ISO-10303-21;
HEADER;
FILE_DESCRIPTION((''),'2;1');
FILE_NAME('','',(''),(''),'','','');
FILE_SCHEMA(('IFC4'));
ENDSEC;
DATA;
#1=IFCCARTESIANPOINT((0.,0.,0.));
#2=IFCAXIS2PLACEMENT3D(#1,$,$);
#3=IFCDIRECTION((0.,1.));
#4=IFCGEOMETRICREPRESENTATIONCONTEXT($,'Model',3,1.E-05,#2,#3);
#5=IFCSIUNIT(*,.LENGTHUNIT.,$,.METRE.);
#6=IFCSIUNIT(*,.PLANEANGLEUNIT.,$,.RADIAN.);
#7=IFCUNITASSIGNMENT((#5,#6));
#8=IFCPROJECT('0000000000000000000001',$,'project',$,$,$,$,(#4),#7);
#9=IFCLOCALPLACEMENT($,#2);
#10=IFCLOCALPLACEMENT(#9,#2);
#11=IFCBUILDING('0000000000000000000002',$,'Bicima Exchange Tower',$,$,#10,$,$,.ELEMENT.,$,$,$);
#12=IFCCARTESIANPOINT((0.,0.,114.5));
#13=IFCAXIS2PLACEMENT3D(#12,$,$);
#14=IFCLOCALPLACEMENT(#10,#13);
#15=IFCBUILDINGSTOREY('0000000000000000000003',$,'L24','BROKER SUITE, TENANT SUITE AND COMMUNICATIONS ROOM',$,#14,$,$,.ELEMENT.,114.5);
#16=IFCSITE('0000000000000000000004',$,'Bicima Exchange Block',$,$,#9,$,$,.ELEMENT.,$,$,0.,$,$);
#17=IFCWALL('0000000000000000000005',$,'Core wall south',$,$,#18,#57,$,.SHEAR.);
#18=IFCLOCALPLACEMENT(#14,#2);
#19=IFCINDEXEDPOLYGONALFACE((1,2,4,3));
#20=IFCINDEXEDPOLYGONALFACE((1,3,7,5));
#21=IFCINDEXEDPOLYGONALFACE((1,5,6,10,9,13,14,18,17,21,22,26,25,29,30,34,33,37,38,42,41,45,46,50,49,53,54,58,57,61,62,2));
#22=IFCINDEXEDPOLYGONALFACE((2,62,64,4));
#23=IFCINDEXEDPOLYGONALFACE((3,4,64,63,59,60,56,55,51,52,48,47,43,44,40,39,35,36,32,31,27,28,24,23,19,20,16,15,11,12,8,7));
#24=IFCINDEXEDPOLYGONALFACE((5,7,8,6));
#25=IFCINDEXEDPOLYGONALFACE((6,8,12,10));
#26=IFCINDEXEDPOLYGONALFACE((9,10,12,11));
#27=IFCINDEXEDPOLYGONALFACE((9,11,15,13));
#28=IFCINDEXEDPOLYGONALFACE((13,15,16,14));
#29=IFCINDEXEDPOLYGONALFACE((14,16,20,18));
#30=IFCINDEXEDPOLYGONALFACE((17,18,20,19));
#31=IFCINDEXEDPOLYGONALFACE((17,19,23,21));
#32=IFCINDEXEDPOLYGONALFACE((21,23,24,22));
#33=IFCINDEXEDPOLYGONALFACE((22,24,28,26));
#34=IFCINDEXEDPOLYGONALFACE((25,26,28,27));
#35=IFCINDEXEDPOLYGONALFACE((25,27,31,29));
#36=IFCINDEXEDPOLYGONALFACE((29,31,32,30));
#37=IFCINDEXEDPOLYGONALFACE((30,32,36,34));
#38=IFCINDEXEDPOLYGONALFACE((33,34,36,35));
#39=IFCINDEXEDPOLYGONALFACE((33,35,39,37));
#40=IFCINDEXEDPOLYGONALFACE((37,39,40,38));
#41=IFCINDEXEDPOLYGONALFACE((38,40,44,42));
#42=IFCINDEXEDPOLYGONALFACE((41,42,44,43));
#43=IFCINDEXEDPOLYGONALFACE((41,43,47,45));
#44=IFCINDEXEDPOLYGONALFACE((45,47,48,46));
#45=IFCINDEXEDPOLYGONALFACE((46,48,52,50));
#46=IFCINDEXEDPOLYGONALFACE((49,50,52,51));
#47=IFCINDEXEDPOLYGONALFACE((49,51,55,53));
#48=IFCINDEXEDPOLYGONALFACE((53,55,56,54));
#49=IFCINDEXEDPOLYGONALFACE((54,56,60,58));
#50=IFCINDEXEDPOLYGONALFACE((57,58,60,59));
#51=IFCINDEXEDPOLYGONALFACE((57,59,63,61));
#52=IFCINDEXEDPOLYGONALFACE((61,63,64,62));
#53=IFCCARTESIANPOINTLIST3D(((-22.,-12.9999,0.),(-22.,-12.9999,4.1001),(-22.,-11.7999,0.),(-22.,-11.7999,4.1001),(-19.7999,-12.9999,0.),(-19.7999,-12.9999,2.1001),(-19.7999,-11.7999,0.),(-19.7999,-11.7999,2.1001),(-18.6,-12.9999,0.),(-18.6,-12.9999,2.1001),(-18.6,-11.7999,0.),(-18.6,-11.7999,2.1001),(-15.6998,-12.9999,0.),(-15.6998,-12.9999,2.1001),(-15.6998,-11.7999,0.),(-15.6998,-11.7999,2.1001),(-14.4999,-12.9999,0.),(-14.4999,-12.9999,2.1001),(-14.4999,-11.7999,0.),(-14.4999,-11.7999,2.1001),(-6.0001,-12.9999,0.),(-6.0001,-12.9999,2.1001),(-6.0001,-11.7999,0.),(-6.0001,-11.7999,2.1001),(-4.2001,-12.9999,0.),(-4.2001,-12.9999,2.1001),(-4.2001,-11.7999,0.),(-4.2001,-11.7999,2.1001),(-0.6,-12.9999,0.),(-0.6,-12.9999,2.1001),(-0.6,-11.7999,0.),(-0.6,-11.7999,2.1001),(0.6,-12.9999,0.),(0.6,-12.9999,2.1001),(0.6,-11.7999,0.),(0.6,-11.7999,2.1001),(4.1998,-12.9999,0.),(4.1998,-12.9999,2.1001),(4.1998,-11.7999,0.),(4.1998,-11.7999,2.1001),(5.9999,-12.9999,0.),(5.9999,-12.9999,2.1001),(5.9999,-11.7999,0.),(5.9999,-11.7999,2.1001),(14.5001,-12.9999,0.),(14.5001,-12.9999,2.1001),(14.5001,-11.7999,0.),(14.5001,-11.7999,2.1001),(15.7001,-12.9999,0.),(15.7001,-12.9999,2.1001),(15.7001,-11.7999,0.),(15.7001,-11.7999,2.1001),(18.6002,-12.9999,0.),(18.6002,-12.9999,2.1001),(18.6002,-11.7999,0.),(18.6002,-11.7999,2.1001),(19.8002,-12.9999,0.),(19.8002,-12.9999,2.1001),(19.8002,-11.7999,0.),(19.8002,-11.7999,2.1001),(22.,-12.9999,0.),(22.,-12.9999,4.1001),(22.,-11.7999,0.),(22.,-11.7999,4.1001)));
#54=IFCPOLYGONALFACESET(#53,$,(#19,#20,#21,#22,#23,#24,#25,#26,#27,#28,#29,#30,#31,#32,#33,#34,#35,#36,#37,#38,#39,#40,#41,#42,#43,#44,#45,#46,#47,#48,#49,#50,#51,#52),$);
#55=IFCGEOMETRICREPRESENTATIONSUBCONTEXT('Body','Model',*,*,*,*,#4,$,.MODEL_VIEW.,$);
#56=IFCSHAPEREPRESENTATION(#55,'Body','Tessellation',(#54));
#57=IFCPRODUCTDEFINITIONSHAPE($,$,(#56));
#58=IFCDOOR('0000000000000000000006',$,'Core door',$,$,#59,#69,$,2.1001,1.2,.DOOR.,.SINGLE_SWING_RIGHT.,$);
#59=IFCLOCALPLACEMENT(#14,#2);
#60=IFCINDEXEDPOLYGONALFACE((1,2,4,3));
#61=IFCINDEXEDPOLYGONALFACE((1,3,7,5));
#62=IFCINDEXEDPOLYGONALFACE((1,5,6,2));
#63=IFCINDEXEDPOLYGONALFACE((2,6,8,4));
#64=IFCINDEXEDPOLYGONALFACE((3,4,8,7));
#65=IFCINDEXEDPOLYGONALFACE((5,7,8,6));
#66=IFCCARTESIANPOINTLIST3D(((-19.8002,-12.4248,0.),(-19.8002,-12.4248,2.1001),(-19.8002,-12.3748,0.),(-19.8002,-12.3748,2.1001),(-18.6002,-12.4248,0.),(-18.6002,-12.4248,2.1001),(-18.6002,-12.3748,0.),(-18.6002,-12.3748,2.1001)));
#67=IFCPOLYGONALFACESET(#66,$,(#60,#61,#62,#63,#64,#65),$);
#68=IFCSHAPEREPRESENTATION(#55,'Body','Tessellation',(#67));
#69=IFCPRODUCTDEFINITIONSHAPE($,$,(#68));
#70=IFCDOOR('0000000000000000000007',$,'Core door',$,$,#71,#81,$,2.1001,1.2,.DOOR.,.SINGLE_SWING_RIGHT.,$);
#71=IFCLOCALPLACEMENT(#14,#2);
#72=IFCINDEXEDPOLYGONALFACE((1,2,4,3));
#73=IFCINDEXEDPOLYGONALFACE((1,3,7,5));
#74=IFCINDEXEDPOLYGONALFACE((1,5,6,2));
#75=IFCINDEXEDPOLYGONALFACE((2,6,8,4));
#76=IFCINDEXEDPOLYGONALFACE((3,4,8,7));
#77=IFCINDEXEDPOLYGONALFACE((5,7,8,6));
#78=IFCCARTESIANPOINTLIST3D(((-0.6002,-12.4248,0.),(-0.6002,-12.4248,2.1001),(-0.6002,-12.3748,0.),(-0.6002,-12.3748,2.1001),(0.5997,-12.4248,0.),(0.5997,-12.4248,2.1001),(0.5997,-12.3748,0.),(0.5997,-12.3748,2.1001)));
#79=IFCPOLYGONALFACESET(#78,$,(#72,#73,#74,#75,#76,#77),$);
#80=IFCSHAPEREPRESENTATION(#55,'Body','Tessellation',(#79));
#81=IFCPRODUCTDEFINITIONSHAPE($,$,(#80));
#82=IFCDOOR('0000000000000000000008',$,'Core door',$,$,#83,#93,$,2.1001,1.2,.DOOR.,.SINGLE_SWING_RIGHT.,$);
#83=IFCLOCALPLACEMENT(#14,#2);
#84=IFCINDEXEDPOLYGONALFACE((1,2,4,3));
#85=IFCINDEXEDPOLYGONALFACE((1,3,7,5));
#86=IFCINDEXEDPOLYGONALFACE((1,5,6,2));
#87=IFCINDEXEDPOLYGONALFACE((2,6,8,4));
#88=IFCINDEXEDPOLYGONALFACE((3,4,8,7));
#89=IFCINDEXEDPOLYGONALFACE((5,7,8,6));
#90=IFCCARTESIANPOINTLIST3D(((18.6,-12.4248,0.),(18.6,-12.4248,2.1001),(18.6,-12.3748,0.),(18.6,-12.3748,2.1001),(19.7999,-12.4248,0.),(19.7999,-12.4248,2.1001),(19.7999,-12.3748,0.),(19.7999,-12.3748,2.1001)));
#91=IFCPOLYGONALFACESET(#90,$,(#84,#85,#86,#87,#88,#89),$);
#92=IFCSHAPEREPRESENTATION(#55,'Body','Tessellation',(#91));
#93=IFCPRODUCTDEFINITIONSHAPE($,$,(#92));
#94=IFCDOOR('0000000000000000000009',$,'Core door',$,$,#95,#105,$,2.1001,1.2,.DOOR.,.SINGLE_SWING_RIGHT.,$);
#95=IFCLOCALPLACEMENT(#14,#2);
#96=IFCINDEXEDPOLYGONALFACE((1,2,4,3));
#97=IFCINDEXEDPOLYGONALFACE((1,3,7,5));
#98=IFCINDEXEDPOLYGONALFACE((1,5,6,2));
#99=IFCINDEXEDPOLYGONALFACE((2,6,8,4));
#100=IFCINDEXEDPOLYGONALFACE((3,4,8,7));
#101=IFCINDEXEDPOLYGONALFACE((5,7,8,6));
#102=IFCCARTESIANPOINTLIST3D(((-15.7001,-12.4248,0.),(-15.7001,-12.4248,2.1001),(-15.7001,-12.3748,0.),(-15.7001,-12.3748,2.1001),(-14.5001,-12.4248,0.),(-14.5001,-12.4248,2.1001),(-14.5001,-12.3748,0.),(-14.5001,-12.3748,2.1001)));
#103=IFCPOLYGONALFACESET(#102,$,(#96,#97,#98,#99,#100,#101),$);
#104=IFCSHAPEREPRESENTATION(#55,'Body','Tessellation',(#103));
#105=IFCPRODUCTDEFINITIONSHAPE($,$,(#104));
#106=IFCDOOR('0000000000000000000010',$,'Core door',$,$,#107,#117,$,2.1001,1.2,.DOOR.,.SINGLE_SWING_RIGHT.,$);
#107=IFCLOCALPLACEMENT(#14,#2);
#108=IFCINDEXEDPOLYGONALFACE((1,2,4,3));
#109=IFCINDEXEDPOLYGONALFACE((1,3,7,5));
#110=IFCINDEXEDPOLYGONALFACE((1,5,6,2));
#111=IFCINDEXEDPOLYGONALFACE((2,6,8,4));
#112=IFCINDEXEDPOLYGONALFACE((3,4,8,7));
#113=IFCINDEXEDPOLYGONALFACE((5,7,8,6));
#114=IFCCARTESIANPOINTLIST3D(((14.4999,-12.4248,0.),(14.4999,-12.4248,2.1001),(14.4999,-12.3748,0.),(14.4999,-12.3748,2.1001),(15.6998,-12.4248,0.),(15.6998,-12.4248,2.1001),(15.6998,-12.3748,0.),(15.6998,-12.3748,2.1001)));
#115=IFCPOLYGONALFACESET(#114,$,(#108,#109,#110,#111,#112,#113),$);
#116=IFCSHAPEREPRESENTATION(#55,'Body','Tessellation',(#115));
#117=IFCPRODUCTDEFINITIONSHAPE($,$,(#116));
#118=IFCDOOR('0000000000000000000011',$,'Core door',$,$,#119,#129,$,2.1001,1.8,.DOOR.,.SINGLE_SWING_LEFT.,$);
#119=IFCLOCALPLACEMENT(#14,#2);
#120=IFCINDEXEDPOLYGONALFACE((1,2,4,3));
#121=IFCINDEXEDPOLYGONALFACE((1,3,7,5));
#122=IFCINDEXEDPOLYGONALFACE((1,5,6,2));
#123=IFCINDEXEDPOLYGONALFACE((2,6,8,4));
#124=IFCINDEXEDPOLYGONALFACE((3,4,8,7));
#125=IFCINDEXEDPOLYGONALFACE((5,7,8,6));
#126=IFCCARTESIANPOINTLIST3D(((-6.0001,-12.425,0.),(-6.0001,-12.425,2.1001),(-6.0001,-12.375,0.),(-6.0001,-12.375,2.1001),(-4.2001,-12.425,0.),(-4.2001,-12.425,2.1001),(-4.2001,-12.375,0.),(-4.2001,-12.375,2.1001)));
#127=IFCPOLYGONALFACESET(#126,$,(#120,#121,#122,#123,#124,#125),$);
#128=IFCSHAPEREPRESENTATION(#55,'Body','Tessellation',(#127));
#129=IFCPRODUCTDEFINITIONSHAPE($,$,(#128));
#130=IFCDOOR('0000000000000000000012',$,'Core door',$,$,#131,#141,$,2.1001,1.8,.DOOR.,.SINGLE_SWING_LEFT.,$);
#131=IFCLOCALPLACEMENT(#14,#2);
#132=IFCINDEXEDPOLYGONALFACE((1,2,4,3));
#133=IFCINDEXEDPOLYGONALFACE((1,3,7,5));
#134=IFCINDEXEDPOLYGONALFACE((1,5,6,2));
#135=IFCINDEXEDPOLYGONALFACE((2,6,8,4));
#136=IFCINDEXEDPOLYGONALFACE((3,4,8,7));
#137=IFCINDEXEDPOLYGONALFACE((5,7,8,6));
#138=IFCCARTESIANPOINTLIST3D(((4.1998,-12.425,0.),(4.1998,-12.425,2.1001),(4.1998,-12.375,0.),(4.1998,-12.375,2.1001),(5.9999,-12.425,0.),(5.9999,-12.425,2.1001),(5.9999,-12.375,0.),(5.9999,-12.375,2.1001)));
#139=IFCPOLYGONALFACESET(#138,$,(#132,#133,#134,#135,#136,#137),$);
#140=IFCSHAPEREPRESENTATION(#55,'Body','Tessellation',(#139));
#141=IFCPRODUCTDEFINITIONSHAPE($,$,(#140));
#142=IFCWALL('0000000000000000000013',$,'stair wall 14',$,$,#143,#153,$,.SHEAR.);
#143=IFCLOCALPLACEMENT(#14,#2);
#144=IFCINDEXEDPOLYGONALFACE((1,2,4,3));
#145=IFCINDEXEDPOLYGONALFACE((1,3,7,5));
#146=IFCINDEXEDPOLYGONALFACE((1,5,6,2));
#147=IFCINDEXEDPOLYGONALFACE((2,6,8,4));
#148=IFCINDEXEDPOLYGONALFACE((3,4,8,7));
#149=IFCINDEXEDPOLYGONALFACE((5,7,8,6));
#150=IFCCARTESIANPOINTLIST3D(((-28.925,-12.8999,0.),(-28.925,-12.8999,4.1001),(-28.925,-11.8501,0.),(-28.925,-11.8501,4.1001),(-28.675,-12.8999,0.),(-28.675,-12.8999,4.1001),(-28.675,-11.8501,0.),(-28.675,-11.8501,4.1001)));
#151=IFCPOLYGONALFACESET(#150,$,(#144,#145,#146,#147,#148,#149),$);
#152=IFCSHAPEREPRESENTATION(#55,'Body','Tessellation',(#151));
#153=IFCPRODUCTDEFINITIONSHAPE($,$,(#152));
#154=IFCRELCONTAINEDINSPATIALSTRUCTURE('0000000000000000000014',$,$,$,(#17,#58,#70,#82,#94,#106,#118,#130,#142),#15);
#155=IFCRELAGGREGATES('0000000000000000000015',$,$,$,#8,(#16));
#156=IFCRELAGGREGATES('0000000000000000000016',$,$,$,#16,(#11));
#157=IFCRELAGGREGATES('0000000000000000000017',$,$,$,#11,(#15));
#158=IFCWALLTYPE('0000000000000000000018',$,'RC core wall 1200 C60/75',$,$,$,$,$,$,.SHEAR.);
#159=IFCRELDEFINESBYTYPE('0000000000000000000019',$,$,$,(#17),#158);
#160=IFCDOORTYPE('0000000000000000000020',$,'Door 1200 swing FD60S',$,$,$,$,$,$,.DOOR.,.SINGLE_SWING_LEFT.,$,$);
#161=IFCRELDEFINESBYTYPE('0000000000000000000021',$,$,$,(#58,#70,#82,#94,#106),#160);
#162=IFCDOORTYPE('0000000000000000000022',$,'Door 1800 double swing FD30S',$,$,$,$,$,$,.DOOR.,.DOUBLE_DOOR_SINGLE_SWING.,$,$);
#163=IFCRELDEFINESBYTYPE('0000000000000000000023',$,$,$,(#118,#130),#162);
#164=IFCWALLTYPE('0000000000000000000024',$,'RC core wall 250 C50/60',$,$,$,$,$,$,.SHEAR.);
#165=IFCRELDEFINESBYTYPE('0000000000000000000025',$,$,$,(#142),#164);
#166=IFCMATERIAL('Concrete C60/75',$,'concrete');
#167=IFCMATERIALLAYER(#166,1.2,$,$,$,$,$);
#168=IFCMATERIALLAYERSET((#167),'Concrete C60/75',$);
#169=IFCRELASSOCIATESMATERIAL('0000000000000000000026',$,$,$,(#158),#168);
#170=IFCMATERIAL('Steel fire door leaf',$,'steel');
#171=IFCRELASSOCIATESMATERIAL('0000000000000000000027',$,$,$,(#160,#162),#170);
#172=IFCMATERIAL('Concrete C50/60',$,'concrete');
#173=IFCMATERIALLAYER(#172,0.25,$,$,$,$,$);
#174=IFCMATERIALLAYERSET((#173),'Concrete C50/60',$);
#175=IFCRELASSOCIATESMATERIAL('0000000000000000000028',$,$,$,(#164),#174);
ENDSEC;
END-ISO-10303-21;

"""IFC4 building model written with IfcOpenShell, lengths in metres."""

from ifc_helpers import new_model, si_unit, direction, frame, frame_2d, origin, place, context, subcontext, project, spatial, rectangle, extrude, material, layer, layer_set, type_object, element, fill, save


model = new_model("IFC4")

# Units and contexts
model_context = context("Model", 3, precision=1e-05, world=origin(), true_north=direction((0.0, 1.0)))
body_context = subcontext(model_context, "Body", "Model", "MODEL_VIEW")
ifc_project = project(units=[si_unit("LENGTHUNIT", "METRE"), si_unit("PLANEANGLEUNIT", "RADIAN")], contexts=[model_context])

# Site, building, storey
site_placement = place(None, origin())
site = spatial("IfcSite", under=ifc_project, at=site_placement, Name="Bicima Exchange Block", CompositionType="ELEMENT", RefElevation=0.0)
building_placement = place(site_placement, origin())
building = spatial("IfcBuilding", under=site, at=building_placement, Name="Bicima Exchange Tower", CompositionType="ELEMENT")
storey_placement = place(building_placement, frame((0.0, 0.0, 114.5)))
storey = spatial("IfcBuildingStorey", under=building, at=storey_placement, Name="L24", Description="BROKER SUITE, TENANT SUITE AND COMMUNICATIONS ROOM", CompositionType="ELEMENT", Elevation=114.5)

# Shared definitions
ifc_material_1 = material(Name="Steel fire door leaf", Category="steel")

# Wall, openings, doors
ifc_material_2 = material(Name="Concrete C60/75", Category="concrete")
ifc_layer_1 = layer(ifc_material_2, 1.2)
ifc_layer_set_1 = layer_set([ifc_layer_1], Name="Concrete C60/75")
wall_type_1 = type_object("IfcWallType", Name="RC core wall 1200 C60/75", PredefinedType="SHEAR", material=ifc_layer_set_1)
wall_1_placement = place(storey_placement, frame((-22.0, -12.3999, 0.0), z_axis=(0.0, 0.0, 1.0), x_axis=(1.0, 0.0, 0.0)))
wall_1 = element("IfcWall", 1, at=wall_1_placement, inside=storey, type_object=wall_type_1, Name="Core wall south", PredefinedType="SHEAR", context=body_context, shape_type="SweptSolid", body=[
    extrude(rectangle(XDim=44.0, YDim=1.2, at=frame_2d((22.0, 0.0))), origin(), (0.0, 0.0, 1.0), 4.1001),
])
opening_1_placement = place(wall_1_placement, frame((2.2, 0.0, 0.0)))
opening_1 = element("IfcOpeningElement", 2, at=opening_1_placement, cuts=wall_1, PredefinedType="OPENING", context=body_context, shape_type="SweptSolid", body=[
    extrude(rectangle(XDim=1.2, YDim=2.1001, at=frame_2d((0.6001, 1.05))), frame((0.0, 0.6118, 0.0), z_axis=(0.0, -1.0, 0.0), x_axis=(1.0, 0.0, 0.0)), (0.0, 0.0, 1.0), 1.2239),
])
opening_2_placement = place(wall_1_placement, frame((21.3999, 0.0, 0.0)))
opening_2 = element("IfcOpeningElement", 3, at=opening_2_placement, cuts=wall_1, PredefinedType="OPENING", context=body_context, shape_type="SweptSolid", body=[
    extrude(rectangle(XDim=1.2, YDim=2.1001, at=frame_2d((0.6001, 1.05))), frame((0.0, 0.6118, 0.0), z_axis=(0.0, -1.0, 0.0), x_axis=(1.0, 0.0, 0.0)), (0.0, 0.0, 1.0), 1.2239),
])
opening_3_placement = place(wall_1_placement, frame((40.6001, 0.0, 0.0)))
opening_3 = element("IfcOpeningElement", 4, at=opening_3_placement, cuts=wall_1, PredefinedType="OPENING", context=body_context, shape_type="SweptSolid", body=[
    extrude(rectangle(XDim=1.2, YDim=2.1001, at=frame_2d((0.6001, 1.05))), frame((0.0, 0.6118, 0.0), z_axis=(0.0, -1.0, 0.0), x_axis=(1.0, 0.0, 0.0)), (0.0, 0.0, 1.0), 1.2239),
])
opening_4_placement = place(wall_1_placement, frame((16.0, 0.0, 0.0)))
opening_4 = element("IfcOpeningElement", 5, at=opening_4_placement, cuts=wall_1, PredefinedType="OPENING", context=body_context, shape_type="SweptSolid", body=[
    extrude(rectangle(XDim=1.8, YDim=2.1001, at=frame_2d((0.8999, 1.05))), frame((0.0, 0.6118, 0.0), z_axis=(0.0, -1.0, 0.0), x_axis=(1.0, 0.0, 0.0)), (0.0, 0.0, 1.0), 1.2239),
])
opening_5_placement = place(wall_1_placement, frame((6.3, 0.0, 0.0)))
opening_5 = element("IfcOpeningElement", 6, at=opening_5_placement, cuts=wall_1, PredefinedType="OPENING", context=body_context, shape_type="SweptSolid", body=[
    extrude(rectangle(XDim=1.2, YDim=2.1001, at=frame_2d((0.6001, 1.05))), frame((0.0, 0.6118, 0.0), z_axis=(0.0, -1.0, 0.0), x_axis=(1.0, 0.0, 0.0)), (0.0, 0.0, 1.0), 1.2239),
])
opening_6_placement = place(wall_1_placement, frame((26.2, 0.0, 0.0)))
opening_6 = element("IfcOpeningElement", 7, at=opening_6_placement, cuts=wall_1, PredefinedType="OPENING", context=body_context, shape_type="SweptSolid", body=[
    extrude(rectangle(XDim=1.8, YDim=2.1001, at=frame_2d((0.8999, 1.05))), frame((0.0, 0.6118, 0.0), z_axis=(0.0, -1.0, 0.0), x_axis=(1.0, 0.0, 0.0)), (0.0, 0.0, 1.0), 1.2239),
])
opening_7_placement = place(wall_1_placement, frame((36.5, 0.0, 0.0)))
opening_7 = element("IfcOpeningElement", 8, at=opening_7_placement, cuts=wall_1, PredefinedType="OPENING", context=body_context, shape_type="SweptSolid", body=[
    extrude(rectangle(XDim=1.2, YDim=2.1001, at=frame_2d((0.6001, 1.05))), frame((0.0, 0.6118, 0.0), z_axis=(0.0, -1.0, 0.0), x_axis=(1.0, 0.0, 0.0)), (0.0, 0.0, 1.0), 1.2239),
])
door_type_1 = type_object("IfcDoorType", Name="Door 1200 swing FD60S", OperationType="SINGLE_SWING_LEFT", PredefinedType="DOOR", material=ifc_material_1)
door_1_placement = place(opening_1_placement, frame((1.2, 0.0, 0.0), z_axis=(0.0, 0.0, 1.0), x_axis=(-1.0, 0.0, 0.0)))
door_1 = element("IfcDoor", 9, at=door_1_placement, inside=storey, type_object=door_type_1, Name="Core door", OperationType="SINGLE_SWING_RIGHT", OverallHeight=2.1001, OverallWidth=1.2, PredefinedType="DOOR", context=body_context, shape_type="SweptSolid", body=[
    extrude(rectangle(XDim=1.2, YDim=2.1001, at=frame_2d((0.6001, 1.05))), frame((0.0, 0.0249, 0.0), z_axis=(0.0, -1.0, 0.0), x_axis=(1.0, 0.0, 0.0)), (0.0, 0.0, 1.0), 0.05),
])
fill(opening_1, door_1)
door_2_placement = place(opening_2_placement, frame((1.2, 0.0, 0.0), z_axis=(0.0, 0.0, 1.0), x_axis=(-1.0, 0.0, 0.0)))
door_2 = element("IfcDoor", 10, at=door_2_placement, inside=storey, type_object=door_type_1, Name="Core door", OperationType="SINGLE_SWING_RIGHT", OverallHeight=2.1001, OverallWidth=1.2, PredefinedType="DOOR", context=body_context, shape_type="SweptSolid", body=[
    extrude(rectangle(XDim=1.2, YDim=2.1001, at=frame_2d((0.6001, 1.05))), frame((0.0, 0.0249, 0.0), z_axis=(0.0, -1.0, 0.0), x_axis=(1.0, 0.0, 0.0)), (0.0, 0.0, 1.0), 0.05),
])
fill(opening_2, door_2)
door_3_placement = place(opening_3_placement, frame((1.2, 0.0, 0.0), z_axis=(0.0, 0.0, 1.0), x_axis=(-1.0, 0.0, 0.0)))
door_3 = element("IfcDoor", 11, at=door_3_placement, inside=storey, type_object=door_type_1, Name="Core door", OperationType="SINGLE_SWING_RIGHT", OverallHeight=2.1001, OverallWidth=1.2, PredefinedType="DOOR", context=body_context, shape_type="SweptSolid", body=[
    extrude(rectangle(XDim=1.2, YDim=2.1001, at=frame_2d((0.6001, 1.05))), frame((0.0, 0.0249, 0.0), z_axis=(0.0, -1.0, 0.0), x_axis=(1.0, 0.0, 0.0)), (0.0, 0.0, 1.0), 0.05),
])
fill(opening_3, door_3)
door_4_placement = place(opening_5_placement, frame((1.2, 0.0, 0.0), z_axis=(0.0, 0.0, 1.0), x_axis=(-1.0, 0.0, 0.0)))
door_4 = element("IfcDoor", 12, at=door_4_placement, inside=storey, type_object=door_type_1, Name="Core door", OperationType="SINGLE_SWING_RIGHT", OverallHeight=2.1001, OverallWidth=1.2, PredefinedType="DOOR", context=body_context, shape_type="SweptSolid", body=[
    extrude(rectangle(XDim=1.2, YDim=2.1001, at=frame_2d((0.6001, 1.05))), frame((0.0, 0.0249, 0.0), z_axis=(0.0, -1.0, 0.0), x_axis=(1.0, 0.0, 0.0)), (0.0, 0.0, 1.0), 0.05),
])
fill(opening_5, door_4)
door_5_placement = place(opening_7_placement, frame((1.2, 0.0, 0.0), z_axis=(0.0, 0.0, 1.0), x_axis=(-1.0, 0.0, 0.0)))
door_5 = element("IfcDoor", 13, at=door_5_placement, inside=storey, type_object=door_type_1, Name="Core door", OperationType="SINGLE_SWING_RIGHT", OverallHeight=2.1001, OverallWidth=1.2, PredefinedType="DOOR", context=body_context, shape_type="SweptSolid", body=[
    extrude(rectangle(XDim=1.2, YDim=2.1001, at=frame_2d((0.6001, 1.05))), frame((0.0, 0.0249, 0.0), z_axis=(0.0, -1.0, 0.0), x_axis=(1.0, 0.0, 0.0)), (0.0, 0.0, 1.0), 0.05),
])
fill(opening_7, door_5)
door_type_2 = type_object("IfcDoorType", Name="Door 1800 double swing FD30S", OperationType="DOUBLE_DOOR_SINGLE_SWING", PredefinedType="DOOR", material=ifc_material_1)
door_6_placement = place(opening_4_placement, origin())
door_6 = element("IfcDoor", 14, at=door_6_placement, inside=storey, type_object=door_type_2, Name="Core door", OperationType="SINGLE_SWING_LEFT", OverallHeight=2.1001, OverallWidth=1.8, PredefinedType="DOOR", context=body_context, shape_type="SweptSolid", body=[
    extrude(rectangle(XDim=1.8, YDim=2.1001, at=frame_2d((0.8999, 1.05))), frame((0.0, 0.0249, 0.0), z_axis=(0.0, -1.0, 0.0), x_axis=(1.0, 0.0, 0.0)), (0.0, 0.0, 1.0), 0.05),
])
fill(opening_4, door_6)
door_7_placement = place(opening_6_placement, origin())
door_7 = element("IfcDoor", 15, at=door_7_placement, inside=storey, type_object=door_type_2, Name="Core door", OperationType="SINGLE_SWING_LEFT", OverallHeight=2.1001, OverallWidth=1.8, PredefinedType="DOOR", context=body_context, shape_type="SweptSolid", body=[
    extrude(rectangle(XDim=1.8, YDim=2.1001, at=frame_2d((0.8999, 1.05))), frame((0.0, 0.0249, 0.0), z_axis=(0.0, -1.0, 0.0), x_axis=(1.0, 0.0, 0.0)), (0.0, 0.0, 1.0), 0.05),
])
fill(opening_6, door_7)

# Wall
ifc_material_3 = material(Name="Concrete C50/60", Category="concrete")
ifc_layer_2 = layer(ifc_material_3, 0.25)
ifc_layer_set_2 = layer_set([ifc_layer_2], Name="Concrete C50/60")
wall_type_2 = type_object("IfcWallType", Name="RC core wall 250 C50/60", PredefinedType="SHEAR", material=ifc_layer_set_2)
wall_2_placement = place(storey_placement, frame((-28.8, -12.8999, 0.0), z_axis=(0.0, 0.0, 1.0), x_axis=(0.0, 1.0, 0.0)))
element("IfcWall", 16, at=wall_2_placement, inside=storey, type_object=wall_type_2, Name="stair wall 14", PredefinedType="SHEAR", context=body_context, shape_type="SweptSolid", body=[
    extrude(rectangle(XDim=1.0498, YDim=0.25, at=frame_2d((0.5249, 0.0))), origin(), (0.0, 0.0, 1.0), 4.1001),
])

save(model, "model.ifc")
